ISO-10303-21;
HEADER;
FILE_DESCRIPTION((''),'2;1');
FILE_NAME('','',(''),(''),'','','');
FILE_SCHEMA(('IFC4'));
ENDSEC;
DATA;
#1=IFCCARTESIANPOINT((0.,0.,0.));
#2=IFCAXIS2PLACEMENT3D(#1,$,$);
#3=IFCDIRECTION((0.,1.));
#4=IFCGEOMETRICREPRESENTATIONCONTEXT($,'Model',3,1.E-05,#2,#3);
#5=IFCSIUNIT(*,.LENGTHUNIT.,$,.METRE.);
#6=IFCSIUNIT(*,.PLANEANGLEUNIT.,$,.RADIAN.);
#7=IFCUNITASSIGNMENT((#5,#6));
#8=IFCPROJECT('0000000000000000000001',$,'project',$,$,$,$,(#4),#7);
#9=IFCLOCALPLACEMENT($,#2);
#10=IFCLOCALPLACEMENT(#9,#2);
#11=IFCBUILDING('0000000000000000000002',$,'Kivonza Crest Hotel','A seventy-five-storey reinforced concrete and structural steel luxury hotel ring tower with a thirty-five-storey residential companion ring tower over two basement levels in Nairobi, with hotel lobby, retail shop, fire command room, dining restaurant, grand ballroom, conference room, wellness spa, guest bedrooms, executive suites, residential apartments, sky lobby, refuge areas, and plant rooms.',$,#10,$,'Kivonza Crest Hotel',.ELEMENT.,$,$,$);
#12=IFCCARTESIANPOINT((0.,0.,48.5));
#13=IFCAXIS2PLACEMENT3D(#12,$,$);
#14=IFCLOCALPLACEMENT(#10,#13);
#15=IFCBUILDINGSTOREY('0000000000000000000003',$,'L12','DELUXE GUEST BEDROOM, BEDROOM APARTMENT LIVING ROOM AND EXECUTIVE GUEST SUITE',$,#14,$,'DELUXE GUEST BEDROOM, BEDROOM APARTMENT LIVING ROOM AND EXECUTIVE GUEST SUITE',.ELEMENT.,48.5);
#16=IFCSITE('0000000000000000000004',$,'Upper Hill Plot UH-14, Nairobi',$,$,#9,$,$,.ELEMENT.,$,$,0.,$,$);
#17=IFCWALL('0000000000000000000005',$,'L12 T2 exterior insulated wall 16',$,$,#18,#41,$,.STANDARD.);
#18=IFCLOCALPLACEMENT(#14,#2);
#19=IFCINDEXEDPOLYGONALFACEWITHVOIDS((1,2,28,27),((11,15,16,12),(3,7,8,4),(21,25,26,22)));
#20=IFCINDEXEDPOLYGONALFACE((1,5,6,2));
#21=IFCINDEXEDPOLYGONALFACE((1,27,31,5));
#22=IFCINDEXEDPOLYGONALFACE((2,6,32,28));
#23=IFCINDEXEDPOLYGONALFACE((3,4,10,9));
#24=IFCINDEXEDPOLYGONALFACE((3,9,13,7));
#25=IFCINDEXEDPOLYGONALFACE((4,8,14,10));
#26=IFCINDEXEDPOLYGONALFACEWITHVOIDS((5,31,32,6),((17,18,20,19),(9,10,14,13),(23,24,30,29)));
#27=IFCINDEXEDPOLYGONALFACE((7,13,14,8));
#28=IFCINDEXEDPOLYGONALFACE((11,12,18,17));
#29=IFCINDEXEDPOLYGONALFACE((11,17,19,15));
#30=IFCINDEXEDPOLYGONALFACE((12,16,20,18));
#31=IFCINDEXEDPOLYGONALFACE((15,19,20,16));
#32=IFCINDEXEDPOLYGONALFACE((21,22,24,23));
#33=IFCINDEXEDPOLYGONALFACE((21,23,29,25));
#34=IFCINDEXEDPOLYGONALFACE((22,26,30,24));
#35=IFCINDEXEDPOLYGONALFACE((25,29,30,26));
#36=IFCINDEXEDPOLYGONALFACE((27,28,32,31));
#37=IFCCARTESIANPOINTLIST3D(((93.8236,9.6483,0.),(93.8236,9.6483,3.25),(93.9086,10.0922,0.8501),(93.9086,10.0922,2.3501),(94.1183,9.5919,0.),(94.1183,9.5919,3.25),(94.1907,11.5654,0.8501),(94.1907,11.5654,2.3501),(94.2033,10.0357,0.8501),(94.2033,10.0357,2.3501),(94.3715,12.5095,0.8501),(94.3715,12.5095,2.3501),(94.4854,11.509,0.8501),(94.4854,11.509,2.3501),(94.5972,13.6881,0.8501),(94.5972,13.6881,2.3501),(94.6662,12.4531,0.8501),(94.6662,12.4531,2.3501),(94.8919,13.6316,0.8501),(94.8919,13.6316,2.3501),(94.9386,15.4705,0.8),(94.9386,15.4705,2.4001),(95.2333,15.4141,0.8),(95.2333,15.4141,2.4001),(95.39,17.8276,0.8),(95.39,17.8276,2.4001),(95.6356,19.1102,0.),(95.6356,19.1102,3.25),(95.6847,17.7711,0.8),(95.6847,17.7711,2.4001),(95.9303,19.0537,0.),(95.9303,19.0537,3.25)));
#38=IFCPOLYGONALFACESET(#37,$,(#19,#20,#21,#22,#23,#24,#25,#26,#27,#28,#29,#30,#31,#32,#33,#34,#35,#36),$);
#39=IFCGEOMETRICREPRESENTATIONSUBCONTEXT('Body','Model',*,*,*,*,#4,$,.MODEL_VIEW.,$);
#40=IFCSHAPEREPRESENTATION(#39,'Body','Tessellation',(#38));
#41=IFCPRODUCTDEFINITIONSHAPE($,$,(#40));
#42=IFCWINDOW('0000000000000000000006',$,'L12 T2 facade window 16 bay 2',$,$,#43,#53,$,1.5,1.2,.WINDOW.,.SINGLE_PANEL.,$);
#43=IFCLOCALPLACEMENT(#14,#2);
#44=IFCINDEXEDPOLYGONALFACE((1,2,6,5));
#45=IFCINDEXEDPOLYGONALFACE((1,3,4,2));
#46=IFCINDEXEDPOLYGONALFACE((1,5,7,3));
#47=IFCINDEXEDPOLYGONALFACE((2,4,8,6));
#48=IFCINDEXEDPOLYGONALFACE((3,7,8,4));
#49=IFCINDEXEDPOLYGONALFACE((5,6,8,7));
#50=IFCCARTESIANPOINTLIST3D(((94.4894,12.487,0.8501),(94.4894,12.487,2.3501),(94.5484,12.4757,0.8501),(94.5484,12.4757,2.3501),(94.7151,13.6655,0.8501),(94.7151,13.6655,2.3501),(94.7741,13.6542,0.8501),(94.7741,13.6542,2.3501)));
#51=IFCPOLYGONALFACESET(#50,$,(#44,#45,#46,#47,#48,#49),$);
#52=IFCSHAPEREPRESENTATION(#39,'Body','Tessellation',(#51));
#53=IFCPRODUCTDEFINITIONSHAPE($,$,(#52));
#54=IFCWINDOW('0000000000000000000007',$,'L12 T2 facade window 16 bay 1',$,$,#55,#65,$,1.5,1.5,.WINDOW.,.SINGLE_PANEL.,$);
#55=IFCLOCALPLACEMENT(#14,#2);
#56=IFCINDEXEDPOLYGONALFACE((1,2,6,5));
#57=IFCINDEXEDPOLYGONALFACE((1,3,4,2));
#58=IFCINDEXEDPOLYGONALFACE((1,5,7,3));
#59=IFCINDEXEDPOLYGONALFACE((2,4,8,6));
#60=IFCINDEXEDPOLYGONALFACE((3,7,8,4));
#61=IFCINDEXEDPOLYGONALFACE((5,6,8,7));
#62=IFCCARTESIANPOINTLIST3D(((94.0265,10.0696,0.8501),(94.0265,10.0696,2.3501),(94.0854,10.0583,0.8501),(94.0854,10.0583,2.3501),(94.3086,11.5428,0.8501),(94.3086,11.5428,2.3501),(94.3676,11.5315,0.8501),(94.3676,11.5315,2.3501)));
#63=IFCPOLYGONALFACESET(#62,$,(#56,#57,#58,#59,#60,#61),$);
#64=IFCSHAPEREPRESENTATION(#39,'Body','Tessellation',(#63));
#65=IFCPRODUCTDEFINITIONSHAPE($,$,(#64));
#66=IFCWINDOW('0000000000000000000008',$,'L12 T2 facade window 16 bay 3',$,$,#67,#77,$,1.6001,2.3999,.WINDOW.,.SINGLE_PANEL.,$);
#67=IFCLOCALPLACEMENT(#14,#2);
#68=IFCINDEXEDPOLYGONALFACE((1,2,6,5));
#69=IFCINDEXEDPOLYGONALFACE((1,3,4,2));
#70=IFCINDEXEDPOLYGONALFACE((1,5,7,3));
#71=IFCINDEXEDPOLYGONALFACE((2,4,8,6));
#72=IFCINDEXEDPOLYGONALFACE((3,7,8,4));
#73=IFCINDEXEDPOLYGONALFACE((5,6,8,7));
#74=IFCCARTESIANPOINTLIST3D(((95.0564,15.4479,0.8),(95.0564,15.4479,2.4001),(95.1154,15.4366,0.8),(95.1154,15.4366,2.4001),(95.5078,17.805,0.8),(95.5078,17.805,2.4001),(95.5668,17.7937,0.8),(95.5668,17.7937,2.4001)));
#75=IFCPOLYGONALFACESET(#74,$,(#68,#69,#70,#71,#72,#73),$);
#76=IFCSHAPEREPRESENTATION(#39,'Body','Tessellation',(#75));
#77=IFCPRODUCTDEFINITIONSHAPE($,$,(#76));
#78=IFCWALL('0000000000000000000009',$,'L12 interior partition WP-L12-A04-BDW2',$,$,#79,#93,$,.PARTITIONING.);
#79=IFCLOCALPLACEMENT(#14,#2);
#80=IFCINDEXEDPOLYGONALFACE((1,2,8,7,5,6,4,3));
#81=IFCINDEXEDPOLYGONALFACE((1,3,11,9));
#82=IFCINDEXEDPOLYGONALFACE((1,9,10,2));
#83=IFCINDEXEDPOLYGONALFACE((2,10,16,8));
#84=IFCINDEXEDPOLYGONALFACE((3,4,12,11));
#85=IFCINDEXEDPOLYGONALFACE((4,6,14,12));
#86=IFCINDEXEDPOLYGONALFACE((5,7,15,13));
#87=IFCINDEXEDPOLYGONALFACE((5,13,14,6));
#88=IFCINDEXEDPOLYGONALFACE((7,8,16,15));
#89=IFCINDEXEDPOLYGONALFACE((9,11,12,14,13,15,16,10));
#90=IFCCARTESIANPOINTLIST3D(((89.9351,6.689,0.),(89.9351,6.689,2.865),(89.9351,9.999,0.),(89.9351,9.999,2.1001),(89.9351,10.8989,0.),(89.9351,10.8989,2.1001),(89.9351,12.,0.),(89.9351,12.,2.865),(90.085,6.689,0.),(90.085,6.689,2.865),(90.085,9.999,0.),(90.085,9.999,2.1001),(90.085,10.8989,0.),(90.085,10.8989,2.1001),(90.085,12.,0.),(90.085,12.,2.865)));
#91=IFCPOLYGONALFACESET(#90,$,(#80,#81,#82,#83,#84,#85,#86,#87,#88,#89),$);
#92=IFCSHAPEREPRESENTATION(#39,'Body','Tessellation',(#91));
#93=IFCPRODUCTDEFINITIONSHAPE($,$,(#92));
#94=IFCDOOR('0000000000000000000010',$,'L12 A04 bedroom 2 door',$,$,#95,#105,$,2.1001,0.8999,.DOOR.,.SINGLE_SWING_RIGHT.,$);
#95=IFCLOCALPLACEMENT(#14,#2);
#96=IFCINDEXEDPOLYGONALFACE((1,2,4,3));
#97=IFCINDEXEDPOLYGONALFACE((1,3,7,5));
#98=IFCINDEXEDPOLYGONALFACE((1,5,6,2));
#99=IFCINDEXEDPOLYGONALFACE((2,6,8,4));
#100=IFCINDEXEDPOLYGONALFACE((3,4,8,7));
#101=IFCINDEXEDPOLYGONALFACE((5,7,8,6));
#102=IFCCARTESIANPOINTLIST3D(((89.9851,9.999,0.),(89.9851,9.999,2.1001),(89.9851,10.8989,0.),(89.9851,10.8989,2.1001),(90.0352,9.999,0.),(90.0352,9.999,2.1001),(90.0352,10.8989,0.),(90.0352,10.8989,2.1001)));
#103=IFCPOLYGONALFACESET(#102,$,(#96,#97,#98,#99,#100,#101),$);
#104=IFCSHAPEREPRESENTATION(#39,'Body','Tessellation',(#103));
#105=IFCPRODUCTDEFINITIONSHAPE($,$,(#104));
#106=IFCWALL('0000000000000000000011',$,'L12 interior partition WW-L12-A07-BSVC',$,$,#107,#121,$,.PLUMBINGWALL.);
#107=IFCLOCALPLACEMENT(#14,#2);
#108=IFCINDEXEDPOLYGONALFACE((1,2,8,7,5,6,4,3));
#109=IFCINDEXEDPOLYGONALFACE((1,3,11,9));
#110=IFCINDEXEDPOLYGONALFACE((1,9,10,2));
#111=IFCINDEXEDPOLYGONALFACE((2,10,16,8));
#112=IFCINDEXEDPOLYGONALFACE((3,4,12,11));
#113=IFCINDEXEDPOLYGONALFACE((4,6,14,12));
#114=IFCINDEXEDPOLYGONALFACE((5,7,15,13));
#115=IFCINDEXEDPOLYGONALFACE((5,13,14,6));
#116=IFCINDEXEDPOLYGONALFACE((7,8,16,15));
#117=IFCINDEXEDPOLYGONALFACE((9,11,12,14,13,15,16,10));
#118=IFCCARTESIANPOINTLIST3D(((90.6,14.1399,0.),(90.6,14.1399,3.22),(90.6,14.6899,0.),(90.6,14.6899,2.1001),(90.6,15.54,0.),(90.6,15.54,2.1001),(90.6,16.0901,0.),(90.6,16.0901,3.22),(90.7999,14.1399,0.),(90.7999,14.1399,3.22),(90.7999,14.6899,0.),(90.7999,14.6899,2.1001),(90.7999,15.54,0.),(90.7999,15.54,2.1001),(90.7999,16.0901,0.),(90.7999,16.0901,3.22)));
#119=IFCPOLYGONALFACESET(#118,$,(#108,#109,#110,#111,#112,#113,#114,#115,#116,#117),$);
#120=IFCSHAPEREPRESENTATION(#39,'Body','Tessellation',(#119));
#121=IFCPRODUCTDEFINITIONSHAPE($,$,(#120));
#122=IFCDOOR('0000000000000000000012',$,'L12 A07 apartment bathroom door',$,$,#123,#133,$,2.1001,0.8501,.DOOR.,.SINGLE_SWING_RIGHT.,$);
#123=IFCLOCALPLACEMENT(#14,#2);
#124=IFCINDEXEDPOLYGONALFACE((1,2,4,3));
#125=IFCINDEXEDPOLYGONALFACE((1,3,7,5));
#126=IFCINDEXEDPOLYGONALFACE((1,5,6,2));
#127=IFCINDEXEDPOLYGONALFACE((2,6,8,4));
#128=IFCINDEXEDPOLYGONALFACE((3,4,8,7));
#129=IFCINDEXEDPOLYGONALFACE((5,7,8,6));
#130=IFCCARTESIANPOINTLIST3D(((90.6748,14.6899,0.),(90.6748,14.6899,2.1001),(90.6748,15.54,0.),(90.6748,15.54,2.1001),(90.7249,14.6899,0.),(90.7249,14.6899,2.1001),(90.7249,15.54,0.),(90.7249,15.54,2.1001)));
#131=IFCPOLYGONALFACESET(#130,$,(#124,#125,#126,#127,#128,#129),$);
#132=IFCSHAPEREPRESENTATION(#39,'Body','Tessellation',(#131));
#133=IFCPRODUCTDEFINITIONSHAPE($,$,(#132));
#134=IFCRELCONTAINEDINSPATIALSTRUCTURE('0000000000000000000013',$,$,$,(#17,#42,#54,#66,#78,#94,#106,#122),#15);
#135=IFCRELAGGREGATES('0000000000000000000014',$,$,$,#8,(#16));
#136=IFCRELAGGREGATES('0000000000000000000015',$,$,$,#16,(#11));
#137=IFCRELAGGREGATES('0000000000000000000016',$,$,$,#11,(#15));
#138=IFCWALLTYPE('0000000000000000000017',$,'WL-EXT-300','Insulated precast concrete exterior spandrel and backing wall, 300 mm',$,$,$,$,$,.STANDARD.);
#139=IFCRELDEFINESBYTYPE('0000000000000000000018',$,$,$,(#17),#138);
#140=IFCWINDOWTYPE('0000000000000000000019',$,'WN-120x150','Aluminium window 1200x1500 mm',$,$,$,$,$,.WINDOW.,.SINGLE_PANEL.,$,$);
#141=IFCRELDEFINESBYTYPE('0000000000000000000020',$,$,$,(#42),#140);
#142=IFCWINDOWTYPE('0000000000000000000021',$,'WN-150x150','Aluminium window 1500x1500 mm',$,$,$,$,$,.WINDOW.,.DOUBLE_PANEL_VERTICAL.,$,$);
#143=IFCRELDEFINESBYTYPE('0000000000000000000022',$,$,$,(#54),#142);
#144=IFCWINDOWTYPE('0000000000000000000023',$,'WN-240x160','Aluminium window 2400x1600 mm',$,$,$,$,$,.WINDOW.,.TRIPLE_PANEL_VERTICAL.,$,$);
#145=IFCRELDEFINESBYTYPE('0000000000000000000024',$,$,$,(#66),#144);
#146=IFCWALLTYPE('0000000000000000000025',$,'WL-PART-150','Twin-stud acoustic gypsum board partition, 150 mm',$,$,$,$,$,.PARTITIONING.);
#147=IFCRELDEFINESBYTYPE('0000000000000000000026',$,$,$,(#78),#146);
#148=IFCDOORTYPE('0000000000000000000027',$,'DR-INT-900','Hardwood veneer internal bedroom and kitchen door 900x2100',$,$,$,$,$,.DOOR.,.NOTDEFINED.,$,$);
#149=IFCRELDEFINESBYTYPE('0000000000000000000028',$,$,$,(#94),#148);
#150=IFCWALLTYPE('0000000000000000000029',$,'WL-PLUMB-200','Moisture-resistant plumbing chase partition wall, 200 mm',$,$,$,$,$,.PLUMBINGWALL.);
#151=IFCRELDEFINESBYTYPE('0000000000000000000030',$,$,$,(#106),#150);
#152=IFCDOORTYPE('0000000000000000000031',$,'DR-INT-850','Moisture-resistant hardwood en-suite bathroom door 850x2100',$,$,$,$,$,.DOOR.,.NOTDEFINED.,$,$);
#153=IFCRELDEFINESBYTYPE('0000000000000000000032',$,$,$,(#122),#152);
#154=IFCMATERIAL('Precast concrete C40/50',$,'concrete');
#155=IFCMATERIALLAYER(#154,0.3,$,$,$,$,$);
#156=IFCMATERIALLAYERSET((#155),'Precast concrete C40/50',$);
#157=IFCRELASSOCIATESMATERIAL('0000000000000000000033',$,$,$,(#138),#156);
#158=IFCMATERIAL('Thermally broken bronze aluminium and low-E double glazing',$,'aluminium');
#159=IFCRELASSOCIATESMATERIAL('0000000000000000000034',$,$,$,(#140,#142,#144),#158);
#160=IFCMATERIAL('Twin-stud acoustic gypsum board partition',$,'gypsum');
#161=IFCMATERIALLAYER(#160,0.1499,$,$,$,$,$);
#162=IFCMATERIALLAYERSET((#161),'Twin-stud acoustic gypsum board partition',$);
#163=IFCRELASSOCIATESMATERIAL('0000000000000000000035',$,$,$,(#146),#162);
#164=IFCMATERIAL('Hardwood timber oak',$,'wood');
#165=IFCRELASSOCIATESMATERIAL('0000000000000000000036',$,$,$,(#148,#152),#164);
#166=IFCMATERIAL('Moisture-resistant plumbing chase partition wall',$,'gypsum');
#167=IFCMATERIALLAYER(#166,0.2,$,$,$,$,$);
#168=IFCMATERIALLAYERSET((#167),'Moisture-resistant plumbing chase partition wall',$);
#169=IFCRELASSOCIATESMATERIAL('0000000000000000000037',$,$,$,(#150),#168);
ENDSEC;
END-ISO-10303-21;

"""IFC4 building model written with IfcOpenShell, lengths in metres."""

from ifc_helpers import new_model, si_unit, direction, frame, frame_2d, origin, place, context, subcontext, project, spatial, rectangle, extrude, material, layer, layer_set, type_object, element, fill, save


model = new_model("IFC4")

# Units and contexts
model_context = context("Model", 3, precision=1e-05, world=origin(), true_north=direction((0.0, 1.0)))
body_context = subcontext(model_context, "Body", "Model", "MODEL_VIEW")
ifc_project = project(units=[si_unit("LENGTHUNIT", "METRE"), si_unit("PLANEANGLEUNIT", "RADIAN")], contexts=[model_context])

# Site, building, storey
site_placement = place(None, origin())
site = spatial("IfcSite", under=ifc_project, at=site_placement, Name="Upper Hill Plot UH-14, Nairobi", CompositionType="ELEMENT", RefElevation=0.0)
building_placement = place(site_placement, origin())
building = spatial("IfcBuilding", under=site, at=building_placement, Name="Kivonza Crest Hotel", Description="A seventy-five-storey reinforced concrete and structural steel luxury hotel ring tower with a thirty-five-storey residential companion ring tower over two basement levels in Nairobi, with hotel lobby, retail shop, fire command room, dining restaurant, grand ballroom, conference room, wellness spa, guest bedrooms, executive suites, residential apartments, sky lobby, refuge areas, and plant rooms.", LongName="Kivonza Crest Hotel", CompositionType="ELEMENT")
storey_placement = place(building_placement, frame((0.0, 0.0, 48.5)))
storey = spatial("IfcBuildingStorey", under=building, at=storey_placement, Name="L12", Description="DELUXE GUEST BEDROOM, BEDROOM APARTMENT LIVING ROOM AND EXECUTIVE GUEST SUITE", LongName="DELUXE GUEST BEDROOM, BEDROOM APARTMENT LIVING ROOM AND EXECUTIVE GUEST SUITE", CompositionType="ELEMENT", Elevation=48.5)

# Shared definitions
ifc_material_1 = material(Name="Precast concrete C40/50", Category="concrete")
ifc_layer_1 = layer(ifc_material_1, 0.3)
ifc_layer_set_1 = layer_set([ifc_layer_1], Name="Precast concrete C40/50")
wall_type_1 = type_object("IfcWallType", Name="WL-EXT-300", Description="Insulated precast concrete exterior spandrel and backing wall, 300 mm", PredefinedType="STANDARD", material=ifc_layer_set_1)

# Wall, openings, windows
wall_1_placement = place(storey_placement, frame((93.9709, 9.6201, 0.0), z_axis=(0.0, 0.0, 1.0), x_axis=(0.188088, 0.982152, 0.0)))
wall_1 = element("IfcWall", 1, at=wall_1_placement, inside=storey, type_object=wall_type_1, Name="L12 T2 exterior insulated wall 16", PredefinedType="STANDARD", context=body_context, shape_type="SweptSolid", body=[
    extrude(rectangle(XDim=9.6338, YDim=0.3, at=frame_2d((4.8169, 0.0))), origin(), (0.0, 0.0, 1.0), 3.25),
])
opening_1_placement = place(wall_1_placement, frame((0.4519, 0.0, 0.8501)))
opening_1 = element("IfcOpeningElement", 2, at=opening_1_placement, cuts=wall_1, PredefinedType="OPENING", context=body_context, shape_type="SweptSolid", body=[
    extrude(rectangle(XDim=1.5, YDim=1.5, at=frame_2d((0.75, 0.75))), frame((0.0, 0.1602, 0.0), z_axis=(0.0, -1.0, 0.0), x_axis=(1.0, 0.0, 0.0)), (0.0, 0.0, 1.0), 0.3201),
])
opening_2_placement = place(wall_1_placement, frame((2.9131, 0.0, 0.8501)))
opening_2 = element("IfcOpeningElement", 3, at=opening_2_placement, cuts=wall_1, PredefinedType="OPENING", context=body_context, shape_type="SweptSolid", body=[
    extrude(rectangle(XDim=1.2, YDim=1.5, at=frame_2d((0.6001, 0.75))), frame((0.0, 0.1602, 0.0), z_axis=(0.0, -1.0, 0.0), x_axis=(1.0, 0.0, 0.0)), (0.0, 0.0, 1.0), 0.3201),
])
opening_3_placement = place(wall_1_placement, frame((5.928, 0.0, 0.8)))
opening_3 = element("IfcOpeningElement", 4, at=opening_3_placement, cuts=wall_1, PredefinedType="OPENING", context=body_context, shape_type="SweptSolid", body=[
    extrude(rectangle(XDim=2.3999, YDim=1.6001, at=frame_2d((1.2, 0.8))), frame((0.0, 0.1602, 0.0), z_axis=(0.0, -1.0, 0.0), x_axis=(1.0, 0.0, 0.0)), (0.0, 0.0, 1.0), 0.3201),
])
ifc_material_2 = material(Name="Thermally broken bronze aluminium and low-E double glazing", Category="aluminium")
window_type_1 = type_object("IfcWindowType", Name="WN-120x150", Description="Aluminium window 1200x1500 mm", PartitioningType="SINGLE_PANEL", PredefinedType="WINDOW", material=ifc_material_2)
window_1_placement = place(opening_2_placement, origin())
window_1 = element("IfcWindow", 5, at=window_1_placement, inside=storey, type_object=window_type_1, Name="L12 T2 facade window 16 bay 2", OverallHeight=1.5, OverallWidth=1.2, PartitioningType="SINGLE_PANEL", PredefinedType="WINDOW", context=body_context, shape_type="SweptSolid", body=[
    extrude(rectangle(XDim=1.2, YDim=1.5, at=frame_2d((0.6001, 0.75))), frame((0.0, 0.03, 0.0), z_axis=(0.0, -1.0, 0.0), x_axis=(1.0, 0.0, 0.0)), (0.0, 0.0, 1.0), 0.0601),
])
fill(opening_2, window_1)
window_type_2 = type_object("IfcWindowType", Name="WN-150x150", Description="Aluminium window 1500x1500 mm", PartitioningType="DOUBLE_PANEL_VERTICAL", PredefinedType="WINDOW", material=ifc_material_2)
window_2_placement = place(opening_1_placement, origin())
window_2 = element("IfcWindow", 6, at=window_2_placement, inside=storey, type_object=window_type_2, Name="L12 T2 facade window 16 bay 1", OverallHeight=1.5, OverallWidth=1.5, PartitioningType="SINGLE_PANEL", PredefinedType="WINDOW", context=body_context, shape_type="SweptSolid", body=[
    extrude(rectangle(XDim=1.5, YDim=1.5, at=frame_2d((0.75, 0.75))), frame((0.0, 0.03, 0.0), z_axis=(0.0, -1.0, 0.0), x_axis=(1.0, 0.0, 0.0)), (0.0, 0.0, 1.0), 0.0601),
])
fill(opening_1, window_2)
window_type_3 = type_object("IfcWindowType", Name="WN-240x160", Description="Aluminium window 2400x1600 mm", PartitioningType="TRIPLE_PANEL_VERTICAL", PredefinedType="WINDOW", material=ifc_material_2)
window_3_placement = place(opening_3_placement, origin())
window_3 = element("IfcWindow", 7, at=window_3_placement, inside=storey, type_object=window_type_3, Name="L12 T2 facade window 16 bay 3", OverallHeight=1.6001, OverallWidth=2.3999, PartitioningType="SINGLE_PANEL", PredefinedType="WINDOW", context=body_context, shape_type="SweptSolid", body=[
    extrude(rectangle(XDim=2.3999, YDim=1.6001, at=frame_2d((1.2, 0.8))), frame((0.0, 0.03, 0.0), z_axis=(0.0, -1.0, 0.0), x_axis=(1.0, 0.0, 0.0)), (0.0, 0.0, 1.0), 0.0601),
])
fill(opening_3, window_3)

# Walls, openings, doors
ifc_material_3 = material(Name="Twin-stud acoustic gypsum board partition", Category="gypsum")
ifc_layer_2 = layer(ifc_material_3, 0.1499)
ifc_layer_set_2 = layer_set([ifc_layer_2], Name="Twin-stud acoustic gypsum board partition")
wall_type_2 = type_object("IfcWallType", Name="WL-PART-150", Description="Twin-stud acoustic gypsum board partition, 150 mm", PredefinedType="PARTITIONING", material=ifc_layer_set_2)
wall_2_placement = place(storey_placement, frame((90.01, 6.689, 0.0), z_axis=(0.0, 0.0, 1.0), x_axis=(0.0, 1.0, 0.0)))
wall_2 = element("IfcWall", 8, at=wall_2_placement, inside=storey, type_object=wall_type_2, Name="L12 interior partition WP-L12-A04-BDW2", PredefinedType="PARTITIONING", context=body_context, shape_type="SweptSolid", body=[
    extrude(rectangle(XDim=5.311, YDim=0.1499, at=frame_2d((2.6555, 0.0))), origin(), (0.0, 0.0, 1.0), 2.865),
])
opening_4_placement = place(wall_2_placement, frame((3.3101, 0.0, 0.0)))
opening_4 = element("IfcOpeningElement", 9, at=opening_4_placement, cuts=wall_2, PredefinedType="OPENING", context=body_context, shape_type="SweptSolid", body=[
    extrude(rectangle(XDim=0.8999, YDim=2.1001, at=frame_2d((0.45, 1.05))), frame((0.0, 0.085, 0.0), z_axis=(0.0, -1.0, 0.0), x_axis=(1.0, 0.0, 0.0)), (0.0, 0.0, 1.0), 0.1699),
])
ifc_material_4 = material(Name="Hardwood timber oak", Category="wood")
door_type_1 = type_object("IfcDoorType", Name="DR-INT-900", Description="Hardwood veneer internal bedroom and kitchen door 900x2100", OperationType="NOTDEFINED", PredefinedType="DOOR", material=ifc_material_4)
door_1_placement = place(opening_4_placement, origin())
door_1 = element("IfcDoor", 10, at=door_1_placement, inside=storey, type_object=door_type_1, Name="L12 A04 bedroom 2 door", OperationType="SINGLE_SWING_RIGHT", OverallHeight=2.1001, OverallWidth=0.8999, PredefinedType="DOOR", context=body_context, shape_type="SweptSolid", body=[
    extrude(rectangle(XDim=0.8999, YDim=2.1001, at=frame_2d((0.45, 1.05))), frame((0.0, 0.0249, 0.0), z_axis=(0.0, -1.0, 0.0), x_axis=(1.0, 0.0, 0.0)), (0.0, 0.0, 1.0), 0.05),
])
fill(opening_4, door_1)
ifc_material_5 = material(Name="Moisture-resistant plumbing chase partition wall", Category="gypsum")
ifc_layer_3 = layer(ifc_material_5, 0.2)
ifc_layer_set_3 = layer_set([ifc_layer_3], Name="Moisture-resistant plumbing chase partition wall")
wall_type_3 = type_object("IfcWallType", Name="WL-PLUMB-200", Description="Moisture-resistant plumbing chase partition wall, 200 mm", PredefinedType="PLUMBINGWALL", material=ifc_layer_set_3)
wall_3_placement = place(storey_placement, frame((90.7, 14.1399, 0.0), z_axis=(0.0, 0.0, 1.0), x_axis=(0.0, 1.0, 0.0)))
wall_3 = element("IfcWall", 11, at=wall_3_placement, inside=storey, type_object=wall_type_3, Name="L12 interior partition WW-L12-A07-BSVC", PredefinedType="PLUMBINGWALL", context=body_context, shape_type="SweptSolid", body=[
    extrude(rectangle(XDim=1.9502, YDim=0.2, at=frame_2d((0.9751, 0.0))), origin(), (0.0, 0.0, 1.0), 3.22),
])
opening_5_placement = place(wall_3_placement, frame((0.55, 0.0, 0.0)))
opening_5 = element("IfcOpeningElement", 12, at=opening_5_placement, cuts=wall_3, PredefinedType="OPENING", context=body_context, shape_type="SweptSolid", body=[
    extrude(rectangle(XDim=0.8501, YDim=2.1001, at=frame_2d((0.425, 1.05))), frame((0.0, 0.1099, 0.0), z_axis=(0.0, -1.0, 0.0), x_axis=(1.0, 0.0, 0.0)), (0.0, 0.0, 1.0), 0.22),
])
door_type_2 = type_object("IfcDoorType", Name="DR-INT-850", Description="Moisture-resistant hardwood en-suite bathroom door 850x2100", OperationType="NOTDEFINED", PredefinedType="DOOR", material=ifc_material_4)
door_2_placement = place(opening_5_placement, frame((0.8501, 0.0, 0.0), z_axis=(0.0, 0.0, 1.0), x_axis=(-1.0, 0.0, 0.0)))
door_2 = element("IfcDoor", 13, at=door_2_placement, inside=storey, type_object=door_type_2, Name="L12 A07 apartment bathroom door", OperationType="SINGLE_SWING_RIGHT", OverallHeight=2.1001, OverallWidth=0.8501, PredefinedType="DOOR", context=body_context, shape_type="SweptSolid", body=[
    extrude(rectangle(XDim=0.8501, YDim=2.1001, at=frame_2d((0.425, 1.05))), frame((0.0, 0.0249, 0.0), z_axis=(0.0, -1.0, 0.0), x_axis=(1.0, 0.0, 0.0)), (0.0, 0.0, 1.0), 0.05),
])
fill(opening_5, door_2)

save(model, "model.ifc")
